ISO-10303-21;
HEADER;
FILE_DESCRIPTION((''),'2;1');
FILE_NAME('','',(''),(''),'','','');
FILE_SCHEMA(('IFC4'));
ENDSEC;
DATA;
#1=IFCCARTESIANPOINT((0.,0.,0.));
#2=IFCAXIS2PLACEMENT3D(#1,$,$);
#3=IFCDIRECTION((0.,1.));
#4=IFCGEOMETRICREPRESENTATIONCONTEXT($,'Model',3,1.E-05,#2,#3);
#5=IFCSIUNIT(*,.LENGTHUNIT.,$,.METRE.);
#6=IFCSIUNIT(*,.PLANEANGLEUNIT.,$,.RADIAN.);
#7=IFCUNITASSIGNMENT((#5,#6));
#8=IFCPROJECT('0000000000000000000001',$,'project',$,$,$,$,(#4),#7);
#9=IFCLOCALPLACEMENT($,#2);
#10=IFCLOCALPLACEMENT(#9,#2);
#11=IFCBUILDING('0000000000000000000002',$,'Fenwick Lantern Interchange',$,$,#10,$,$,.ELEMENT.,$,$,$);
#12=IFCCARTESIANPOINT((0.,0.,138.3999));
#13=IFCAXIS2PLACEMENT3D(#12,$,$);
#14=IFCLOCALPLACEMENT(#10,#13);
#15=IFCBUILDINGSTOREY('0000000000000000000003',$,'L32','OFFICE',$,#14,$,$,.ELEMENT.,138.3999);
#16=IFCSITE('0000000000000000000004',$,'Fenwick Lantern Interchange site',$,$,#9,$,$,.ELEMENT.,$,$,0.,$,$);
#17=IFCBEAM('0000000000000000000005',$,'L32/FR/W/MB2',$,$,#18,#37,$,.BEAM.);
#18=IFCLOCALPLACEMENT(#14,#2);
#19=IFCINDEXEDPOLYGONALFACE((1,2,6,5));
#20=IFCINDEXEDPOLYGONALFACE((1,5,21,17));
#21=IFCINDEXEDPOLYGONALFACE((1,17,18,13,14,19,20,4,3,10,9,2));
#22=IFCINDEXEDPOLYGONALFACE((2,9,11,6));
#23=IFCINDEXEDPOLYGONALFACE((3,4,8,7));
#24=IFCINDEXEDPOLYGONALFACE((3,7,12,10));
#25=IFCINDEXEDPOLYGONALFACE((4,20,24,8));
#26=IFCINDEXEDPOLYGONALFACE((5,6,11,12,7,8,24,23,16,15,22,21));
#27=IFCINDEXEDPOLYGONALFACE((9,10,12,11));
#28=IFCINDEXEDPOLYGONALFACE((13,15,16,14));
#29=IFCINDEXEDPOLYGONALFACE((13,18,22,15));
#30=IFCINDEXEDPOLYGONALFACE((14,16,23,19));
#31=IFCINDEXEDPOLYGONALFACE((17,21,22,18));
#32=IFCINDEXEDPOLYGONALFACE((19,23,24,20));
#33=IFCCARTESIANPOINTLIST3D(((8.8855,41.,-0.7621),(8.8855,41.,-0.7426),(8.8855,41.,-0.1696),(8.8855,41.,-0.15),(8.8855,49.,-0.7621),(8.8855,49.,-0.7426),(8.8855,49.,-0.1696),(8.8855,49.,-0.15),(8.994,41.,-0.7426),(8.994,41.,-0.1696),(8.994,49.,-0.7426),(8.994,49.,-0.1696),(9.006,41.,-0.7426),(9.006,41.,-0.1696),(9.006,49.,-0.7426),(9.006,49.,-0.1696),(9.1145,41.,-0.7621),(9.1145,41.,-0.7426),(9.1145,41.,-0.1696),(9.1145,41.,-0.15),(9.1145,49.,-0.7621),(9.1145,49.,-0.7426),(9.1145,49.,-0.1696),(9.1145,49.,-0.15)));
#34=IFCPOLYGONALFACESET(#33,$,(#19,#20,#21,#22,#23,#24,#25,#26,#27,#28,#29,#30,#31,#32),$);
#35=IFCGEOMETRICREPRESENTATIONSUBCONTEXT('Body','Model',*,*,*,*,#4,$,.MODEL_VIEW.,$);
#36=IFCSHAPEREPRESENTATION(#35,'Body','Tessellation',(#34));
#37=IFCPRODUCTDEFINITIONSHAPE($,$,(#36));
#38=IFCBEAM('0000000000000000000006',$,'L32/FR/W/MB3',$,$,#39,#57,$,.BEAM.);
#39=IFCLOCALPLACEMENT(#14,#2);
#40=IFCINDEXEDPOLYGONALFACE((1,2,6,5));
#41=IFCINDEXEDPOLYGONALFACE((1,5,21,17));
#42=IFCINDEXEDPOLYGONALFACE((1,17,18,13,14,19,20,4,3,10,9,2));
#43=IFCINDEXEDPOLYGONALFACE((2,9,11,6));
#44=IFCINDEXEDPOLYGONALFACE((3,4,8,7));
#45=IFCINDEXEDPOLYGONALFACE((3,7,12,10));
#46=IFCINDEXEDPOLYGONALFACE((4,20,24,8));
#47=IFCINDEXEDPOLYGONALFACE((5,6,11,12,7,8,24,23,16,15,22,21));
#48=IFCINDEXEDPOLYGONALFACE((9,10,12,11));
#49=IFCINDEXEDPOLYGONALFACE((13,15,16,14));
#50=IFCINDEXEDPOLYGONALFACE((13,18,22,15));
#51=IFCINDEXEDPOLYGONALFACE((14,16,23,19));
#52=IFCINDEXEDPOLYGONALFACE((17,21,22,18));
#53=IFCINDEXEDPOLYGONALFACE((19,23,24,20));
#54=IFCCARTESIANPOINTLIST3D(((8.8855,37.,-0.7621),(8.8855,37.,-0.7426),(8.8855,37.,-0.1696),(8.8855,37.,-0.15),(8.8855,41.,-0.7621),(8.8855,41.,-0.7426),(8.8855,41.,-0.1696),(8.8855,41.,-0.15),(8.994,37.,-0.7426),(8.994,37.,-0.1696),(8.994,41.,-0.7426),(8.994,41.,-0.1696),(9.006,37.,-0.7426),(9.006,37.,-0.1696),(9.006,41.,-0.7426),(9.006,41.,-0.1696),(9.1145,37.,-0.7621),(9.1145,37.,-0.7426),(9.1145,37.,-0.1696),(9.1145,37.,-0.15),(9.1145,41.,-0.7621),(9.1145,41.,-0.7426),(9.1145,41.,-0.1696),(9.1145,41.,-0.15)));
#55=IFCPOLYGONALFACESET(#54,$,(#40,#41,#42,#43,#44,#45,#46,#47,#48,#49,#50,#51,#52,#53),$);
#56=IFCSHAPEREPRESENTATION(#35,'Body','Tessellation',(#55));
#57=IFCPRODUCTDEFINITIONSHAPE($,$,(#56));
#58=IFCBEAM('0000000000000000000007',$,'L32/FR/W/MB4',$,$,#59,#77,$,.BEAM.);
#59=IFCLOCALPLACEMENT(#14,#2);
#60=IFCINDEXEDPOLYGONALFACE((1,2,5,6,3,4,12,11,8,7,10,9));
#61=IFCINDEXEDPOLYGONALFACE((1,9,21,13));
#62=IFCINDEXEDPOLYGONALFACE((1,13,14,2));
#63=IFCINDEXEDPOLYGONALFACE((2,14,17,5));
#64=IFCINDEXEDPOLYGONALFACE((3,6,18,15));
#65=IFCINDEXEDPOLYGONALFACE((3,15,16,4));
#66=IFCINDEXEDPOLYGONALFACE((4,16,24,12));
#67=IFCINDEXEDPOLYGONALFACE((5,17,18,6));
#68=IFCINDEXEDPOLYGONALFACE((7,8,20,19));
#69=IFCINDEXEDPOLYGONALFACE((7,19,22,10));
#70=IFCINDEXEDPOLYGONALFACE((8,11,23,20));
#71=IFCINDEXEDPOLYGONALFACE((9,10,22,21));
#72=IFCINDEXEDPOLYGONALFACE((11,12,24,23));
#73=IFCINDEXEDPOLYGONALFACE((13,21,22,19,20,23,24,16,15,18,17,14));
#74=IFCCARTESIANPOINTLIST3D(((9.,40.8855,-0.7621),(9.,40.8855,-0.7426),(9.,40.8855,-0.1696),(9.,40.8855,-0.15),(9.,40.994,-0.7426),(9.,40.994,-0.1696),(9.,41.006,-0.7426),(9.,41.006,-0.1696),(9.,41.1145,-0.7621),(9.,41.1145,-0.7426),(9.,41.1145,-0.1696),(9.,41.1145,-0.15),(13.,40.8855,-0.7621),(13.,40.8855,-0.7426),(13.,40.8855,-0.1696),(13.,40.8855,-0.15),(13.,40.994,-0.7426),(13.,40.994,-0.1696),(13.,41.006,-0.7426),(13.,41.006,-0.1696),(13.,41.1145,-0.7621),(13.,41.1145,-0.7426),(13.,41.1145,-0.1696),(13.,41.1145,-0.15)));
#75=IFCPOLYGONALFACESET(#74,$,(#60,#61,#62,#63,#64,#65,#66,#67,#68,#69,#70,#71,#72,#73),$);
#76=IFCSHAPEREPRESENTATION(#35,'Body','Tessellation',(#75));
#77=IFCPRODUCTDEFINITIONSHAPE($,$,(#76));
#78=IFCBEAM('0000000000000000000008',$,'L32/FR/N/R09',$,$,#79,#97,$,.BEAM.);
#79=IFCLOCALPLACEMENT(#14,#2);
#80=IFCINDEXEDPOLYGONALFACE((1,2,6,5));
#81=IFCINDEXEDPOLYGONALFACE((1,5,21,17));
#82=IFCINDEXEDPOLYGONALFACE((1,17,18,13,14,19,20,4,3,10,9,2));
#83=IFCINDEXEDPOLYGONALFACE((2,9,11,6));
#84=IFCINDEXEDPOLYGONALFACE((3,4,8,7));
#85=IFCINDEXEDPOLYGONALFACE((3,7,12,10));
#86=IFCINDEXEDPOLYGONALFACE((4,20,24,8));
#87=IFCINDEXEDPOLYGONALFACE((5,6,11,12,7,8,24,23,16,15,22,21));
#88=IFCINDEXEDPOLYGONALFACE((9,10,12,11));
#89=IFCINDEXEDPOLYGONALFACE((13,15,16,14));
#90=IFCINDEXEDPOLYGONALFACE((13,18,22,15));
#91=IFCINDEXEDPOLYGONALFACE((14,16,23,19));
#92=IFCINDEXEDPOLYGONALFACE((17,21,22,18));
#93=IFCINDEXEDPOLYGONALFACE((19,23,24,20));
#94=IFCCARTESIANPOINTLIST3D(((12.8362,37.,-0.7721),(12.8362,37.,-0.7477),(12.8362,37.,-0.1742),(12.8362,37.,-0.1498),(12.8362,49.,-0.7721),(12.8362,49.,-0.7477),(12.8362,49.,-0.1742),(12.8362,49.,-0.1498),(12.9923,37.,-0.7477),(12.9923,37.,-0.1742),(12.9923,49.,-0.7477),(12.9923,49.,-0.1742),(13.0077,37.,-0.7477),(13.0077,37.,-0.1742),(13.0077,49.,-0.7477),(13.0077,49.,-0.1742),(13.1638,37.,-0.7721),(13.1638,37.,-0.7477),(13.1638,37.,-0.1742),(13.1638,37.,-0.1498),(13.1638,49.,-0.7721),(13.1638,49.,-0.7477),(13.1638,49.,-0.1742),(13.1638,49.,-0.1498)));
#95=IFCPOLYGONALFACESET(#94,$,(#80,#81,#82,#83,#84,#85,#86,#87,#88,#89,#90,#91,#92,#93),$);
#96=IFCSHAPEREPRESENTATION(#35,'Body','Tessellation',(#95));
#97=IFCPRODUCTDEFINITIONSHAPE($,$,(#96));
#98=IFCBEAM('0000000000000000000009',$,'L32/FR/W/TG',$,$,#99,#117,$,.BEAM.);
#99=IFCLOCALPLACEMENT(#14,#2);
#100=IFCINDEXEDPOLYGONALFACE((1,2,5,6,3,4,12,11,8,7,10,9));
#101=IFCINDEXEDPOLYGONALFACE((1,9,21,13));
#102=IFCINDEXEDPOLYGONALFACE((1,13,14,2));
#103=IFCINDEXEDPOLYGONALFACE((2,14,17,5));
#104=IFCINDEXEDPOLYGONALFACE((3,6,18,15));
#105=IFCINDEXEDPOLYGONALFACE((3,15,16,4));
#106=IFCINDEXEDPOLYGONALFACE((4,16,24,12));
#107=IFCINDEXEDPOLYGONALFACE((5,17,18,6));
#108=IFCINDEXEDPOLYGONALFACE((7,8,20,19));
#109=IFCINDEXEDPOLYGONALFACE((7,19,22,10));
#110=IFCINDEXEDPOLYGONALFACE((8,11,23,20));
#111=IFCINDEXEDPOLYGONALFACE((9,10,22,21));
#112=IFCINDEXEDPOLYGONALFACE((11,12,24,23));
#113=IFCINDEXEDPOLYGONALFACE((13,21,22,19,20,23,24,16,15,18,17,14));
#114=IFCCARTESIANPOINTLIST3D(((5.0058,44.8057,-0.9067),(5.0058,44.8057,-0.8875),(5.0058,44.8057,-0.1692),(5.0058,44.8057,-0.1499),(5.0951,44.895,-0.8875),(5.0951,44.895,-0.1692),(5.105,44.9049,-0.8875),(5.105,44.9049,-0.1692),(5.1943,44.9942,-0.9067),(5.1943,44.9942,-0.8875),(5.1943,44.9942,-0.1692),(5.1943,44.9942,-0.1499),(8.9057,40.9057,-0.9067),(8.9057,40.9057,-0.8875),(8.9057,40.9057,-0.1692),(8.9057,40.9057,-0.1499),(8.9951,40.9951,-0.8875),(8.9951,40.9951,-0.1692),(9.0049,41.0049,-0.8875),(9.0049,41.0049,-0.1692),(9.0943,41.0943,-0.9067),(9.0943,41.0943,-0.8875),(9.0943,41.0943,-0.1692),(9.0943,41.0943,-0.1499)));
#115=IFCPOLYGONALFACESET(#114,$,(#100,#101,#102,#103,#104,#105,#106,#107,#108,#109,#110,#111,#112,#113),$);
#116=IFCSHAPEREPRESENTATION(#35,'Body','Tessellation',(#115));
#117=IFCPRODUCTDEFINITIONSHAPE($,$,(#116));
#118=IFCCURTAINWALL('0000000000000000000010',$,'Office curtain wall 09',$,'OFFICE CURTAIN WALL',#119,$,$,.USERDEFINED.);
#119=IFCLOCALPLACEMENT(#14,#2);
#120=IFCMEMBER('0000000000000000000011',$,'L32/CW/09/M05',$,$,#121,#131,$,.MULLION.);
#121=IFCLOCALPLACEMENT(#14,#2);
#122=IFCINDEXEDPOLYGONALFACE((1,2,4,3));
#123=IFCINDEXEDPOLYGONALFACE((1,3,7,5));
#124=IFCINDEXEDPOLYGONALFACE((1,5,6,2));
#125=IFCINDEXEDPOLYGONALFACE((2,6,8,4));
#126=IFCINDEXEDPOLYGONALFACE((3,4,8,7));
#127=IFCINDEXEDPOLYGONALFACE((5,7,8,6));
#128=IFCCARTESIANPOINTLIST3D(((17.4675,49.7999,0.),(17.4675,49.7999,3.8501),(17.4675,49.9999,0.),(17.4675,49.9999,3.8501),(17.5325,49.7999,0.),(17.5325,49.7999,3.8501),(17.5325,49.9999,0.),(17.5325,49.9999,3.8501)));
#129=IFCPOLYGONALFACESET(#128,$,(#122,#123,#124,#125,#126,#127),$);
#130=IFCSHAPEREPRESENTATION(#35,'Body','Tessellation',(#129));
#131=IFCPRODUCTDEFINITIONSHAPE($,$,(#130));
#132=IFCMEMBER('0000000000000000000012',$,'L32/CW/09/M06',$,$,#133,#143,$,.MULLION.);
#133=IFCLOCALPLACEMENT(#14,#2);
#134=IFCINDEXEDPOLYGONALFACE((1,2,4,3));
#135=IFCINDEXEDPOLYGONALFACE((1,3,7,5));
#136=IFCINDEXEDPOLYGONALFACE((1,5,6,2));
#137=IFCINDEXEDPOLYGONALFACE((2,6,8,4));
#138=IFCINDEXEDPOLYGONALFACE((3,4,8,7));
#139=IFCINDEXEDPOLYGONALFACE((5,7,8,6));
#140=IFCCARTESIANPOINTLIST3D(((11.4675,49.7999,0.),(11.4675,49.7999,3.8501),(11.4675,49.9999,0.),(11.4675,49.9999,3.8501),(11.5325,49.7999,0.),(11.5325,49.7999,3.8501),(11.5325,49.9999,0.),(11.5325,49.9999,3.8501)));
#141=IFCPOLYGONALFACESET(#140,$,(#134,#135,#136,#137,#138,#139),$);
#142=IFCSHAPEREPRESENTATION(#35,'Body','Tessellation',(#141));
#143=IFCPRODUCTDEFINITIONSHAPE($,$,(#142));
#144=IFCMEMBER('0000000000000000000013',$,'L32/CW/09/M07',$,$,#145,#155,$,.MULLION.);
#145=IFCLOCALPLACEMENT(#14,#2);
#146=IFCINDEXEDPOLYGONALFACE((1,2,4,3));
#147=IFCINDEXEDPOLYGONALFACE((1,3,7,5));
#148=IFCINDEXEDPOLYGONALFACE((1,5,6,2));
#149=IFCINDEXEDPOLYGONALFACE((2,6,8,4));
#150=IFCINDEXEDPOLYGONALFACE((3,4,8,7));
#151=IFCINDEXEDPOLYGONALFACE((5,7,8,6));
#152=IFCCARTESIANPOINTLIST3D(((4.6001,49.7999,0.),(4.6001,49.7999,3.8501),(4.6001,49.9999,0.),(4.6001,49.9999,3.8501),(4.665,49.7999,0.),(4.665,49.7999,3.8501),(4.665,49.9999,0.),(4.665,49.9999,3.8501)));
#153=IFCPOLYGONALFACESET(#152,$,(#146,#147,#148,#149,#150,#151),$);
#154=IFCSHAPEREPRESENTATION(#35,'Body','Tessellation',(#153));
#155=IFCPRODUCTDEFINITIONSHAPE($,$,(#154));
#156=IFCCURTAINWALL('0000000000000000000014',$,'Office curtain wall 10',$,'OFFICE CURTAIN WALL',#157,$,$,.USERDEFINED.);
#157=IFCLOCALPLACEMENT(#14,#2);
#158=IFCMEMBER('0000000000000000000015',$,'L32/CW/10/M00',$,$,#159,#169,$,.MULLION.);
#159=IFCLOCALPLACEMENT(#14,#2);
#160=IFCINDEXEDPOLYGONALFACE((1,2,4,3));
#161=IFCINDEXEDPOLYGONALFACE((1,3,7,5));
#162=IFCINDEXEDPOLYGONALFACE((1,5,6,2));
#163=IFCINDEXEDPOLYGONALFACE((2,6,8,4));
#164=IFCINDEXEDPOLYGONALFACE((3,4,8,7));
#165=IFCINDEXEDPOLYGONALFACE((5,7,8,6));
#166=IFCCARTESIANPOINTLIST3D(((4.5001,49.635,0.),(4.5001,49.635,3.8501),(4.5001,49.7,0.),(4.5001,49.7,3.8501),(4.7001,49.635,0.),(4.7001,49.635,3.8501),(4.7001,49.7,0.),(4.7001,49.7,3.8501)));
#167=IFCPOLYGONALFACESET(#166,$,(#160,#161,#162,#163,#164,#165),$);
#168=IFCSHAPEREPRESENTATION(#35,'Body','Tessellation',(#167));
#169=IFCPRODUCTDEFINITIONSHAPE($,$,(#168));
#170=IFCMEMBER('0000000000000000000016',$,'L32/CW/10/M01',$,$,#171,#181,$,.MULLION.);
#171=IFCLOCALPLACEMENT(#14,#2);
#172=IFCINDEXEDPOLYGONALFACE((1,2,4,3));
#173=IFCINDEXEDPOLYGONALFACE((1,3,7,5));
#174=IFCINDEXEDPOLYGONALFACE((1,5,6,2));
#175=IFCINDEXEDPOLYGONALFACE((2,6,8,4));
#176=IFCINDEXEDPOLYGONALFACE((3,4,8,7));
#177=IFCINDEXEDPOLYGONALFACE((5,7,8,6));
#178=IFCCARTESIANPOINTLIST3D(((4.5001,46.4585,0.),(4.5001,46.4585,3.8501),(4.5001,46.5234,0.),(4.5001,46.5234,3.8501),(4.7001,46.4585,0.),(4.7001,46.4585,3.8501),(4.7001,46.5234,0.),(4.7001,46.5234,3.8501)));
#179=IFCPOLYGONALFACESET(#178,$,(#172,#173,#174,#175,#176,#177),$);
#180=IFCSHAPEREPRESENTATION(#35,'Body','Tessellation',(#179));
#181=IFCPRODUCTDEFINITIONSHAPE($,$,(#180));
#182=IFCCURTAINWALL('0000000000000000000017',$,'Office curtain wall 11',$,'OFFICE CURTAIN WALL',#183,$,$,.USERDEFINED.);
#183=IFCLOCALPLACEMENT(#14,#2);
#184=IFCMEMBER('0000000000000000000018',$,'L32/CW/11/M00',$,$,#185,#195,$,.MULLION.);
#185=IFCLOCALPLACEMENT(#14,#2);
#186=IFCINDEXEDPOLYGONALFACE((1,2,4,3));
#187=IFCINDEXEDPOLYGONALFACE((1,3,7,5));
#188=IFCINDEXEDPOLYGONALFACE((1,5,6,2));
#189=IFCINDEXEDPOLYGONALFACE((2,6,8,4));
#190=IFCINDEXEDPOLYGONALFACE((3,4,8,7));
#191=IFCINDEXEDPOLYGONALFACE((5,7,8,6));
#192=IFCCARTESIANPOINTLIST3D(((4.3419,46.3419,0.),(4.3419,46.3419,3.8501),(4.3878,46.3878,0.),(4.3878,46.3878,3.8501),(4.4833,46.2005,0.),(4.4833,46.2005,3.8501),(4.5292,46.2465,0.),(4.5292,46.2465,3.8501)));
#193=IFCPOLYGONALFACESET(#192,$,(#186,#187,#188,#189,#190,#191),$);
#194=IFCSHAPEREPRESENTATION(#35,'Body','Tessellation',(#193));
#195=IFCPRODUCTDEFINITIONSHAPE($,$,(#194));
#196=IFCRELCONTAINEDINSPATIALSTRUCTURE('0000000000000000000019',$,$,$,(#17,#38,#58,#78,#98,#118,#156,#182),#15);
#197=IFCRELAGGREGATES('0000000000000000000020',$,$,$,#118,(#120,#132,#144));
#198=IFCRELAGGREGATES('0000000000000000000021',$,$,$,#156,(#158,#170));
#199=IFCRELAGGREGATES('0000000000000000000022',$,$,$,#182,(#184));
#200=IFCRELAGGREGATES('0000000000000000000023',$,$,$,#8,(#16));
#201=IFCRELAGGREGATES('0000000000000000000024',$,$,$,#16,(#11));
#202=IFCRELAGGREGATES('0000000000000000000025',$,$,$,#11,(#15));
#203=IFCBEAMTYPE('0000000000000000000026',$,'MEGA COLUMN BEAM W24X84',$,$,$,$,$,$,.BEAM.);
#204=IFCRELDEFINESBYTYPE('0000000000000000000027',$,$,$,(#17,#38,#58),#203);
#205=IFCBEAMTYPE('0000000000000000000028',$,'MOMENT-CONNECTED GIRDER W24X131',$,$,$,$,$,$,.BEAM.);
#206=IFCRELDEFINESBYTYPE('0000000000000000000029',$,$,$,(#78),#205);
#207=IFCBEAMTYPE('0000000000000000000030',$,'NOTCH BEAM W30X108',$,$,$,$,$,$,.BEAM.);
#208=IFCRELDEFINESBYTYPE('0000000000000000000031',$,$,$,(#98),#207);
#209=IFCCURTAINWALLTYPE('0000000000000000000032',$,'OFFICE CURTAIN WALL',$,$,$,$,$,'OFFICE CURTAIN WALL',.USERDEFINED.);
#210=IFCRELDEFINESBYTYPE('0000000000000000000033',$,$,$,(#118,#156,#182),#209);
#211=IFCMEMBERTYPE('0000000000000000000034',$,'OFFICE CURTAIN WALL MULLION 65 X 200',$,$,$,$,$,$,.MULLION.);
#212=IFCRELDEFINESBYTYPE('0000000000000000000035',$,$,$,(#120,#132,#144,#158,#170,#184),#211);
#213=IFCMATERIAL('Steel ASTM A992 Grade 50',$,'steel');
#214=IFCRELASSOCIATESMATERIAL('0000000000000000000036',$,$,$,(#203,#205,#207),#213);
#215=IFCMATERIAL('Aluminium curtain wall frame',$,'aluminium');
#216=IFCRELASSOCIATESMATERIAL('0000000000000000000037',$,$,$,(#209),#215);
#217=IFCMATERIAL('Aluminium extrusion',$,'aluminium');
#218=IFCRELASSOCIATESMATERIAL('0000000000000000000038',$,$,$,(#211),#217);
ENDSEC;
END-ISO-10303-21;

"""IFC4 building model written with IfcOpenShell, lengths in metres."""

from ifc_helpers import new_model, si_unit, direction, frame, origin, origin_2d, place, context, subcontext, project, spatial, rectangle, i_section, extrude, material, material_profile, profile_set, type_object, element, aggregate, save


model = new_model("IFC4")

# Units and contexts
model_context = context("Model", 3, precision=1e-05, world=origin(), true_north=direction((0.0, 1.0)))
body_context = subcontext(model_context, "Body", "Model", "MODEL_VIEW")
ifc_project = project(units=[si_unit("LENGTHUNIT", "METRE"), si_unit("PLANEANGLEUNIT", "RADIAN")], contexts=[model_context])

# Site, building, storey
site_placement = place(None, origin())
site = spatial("IfcSite", under=ifc_project, at=site_placement, Name="Fenwick Lantern Interchange site", CompositionType="ELEMENT", RefElevation=0.0)
building_placement = place(site_placement, origin())
building = spatial("IfcBuilding", under=site, at=building_placement, Name="Fenwick Lantern Interchange", CompositionType="ELEMENT")
storey_placement = place(building_placement, frame((0.0, 0.0, 138.3999)))
storey = spatial("IfcBuildingStorey", under=building, at=storey_placement, Name="L32", Description="OFFICE", CompositionType="ELEMENT", Elevation=138.3999)

# Shared definitions
ifc_material_1 = material(Name="Steel ASTM A992 Grade 50", Category="steel")

# Beams
ifc_material_profile_1 = material_profile(ifc_material_1, i_section(OverallWidth=0.229, OverallDepth=0.6121, WebThickness=0.012, FlangeThickness=0.0195, at=origin_2d()), Name="W24X84")
ifc_profile_set_1 = profile_set([ifc_material_profile_1], Name="Steel ASTM A992 Grade 50")
beam_type_1 = type_object("IfcBeamType", Name="MEGA COLUMN BEAM W24X84", PredefinedType="BEAM", material=ifc_profile_set_1)
beam_1_placement = place(storey_placement, frame((9.0, 41.0, -0.4561), z_axis=(0.0, 1.0, 0.0), x_axis=(-1.0, 0.0, 0.0)))
element("IfcBeam", 1, at=beam_1_placement, inside=storey, type_object=beam_type_1, Name="L32/FR/W/MB2", PredefinedType="BEAM", context=body_context, shape_type="SweptSolid", body=[
    extrude(i_section(OverallWidth=0.229, OverallDepth=0.6121, WebThickness=0.012, FlangeThickness=0.0195, at=origin_2d()), origin(), (0.0, 0.0, 1.0), 8.0),
])
for number, where, z_axis, x_axis, name in (
    (2, (9.0, 41.0, -0.4561), (0.0, -1.0, 0.0), (1.0, 0.0, 0.0), "L32/FR/W/MB3"),
    (3, (9.0, 41.0, -0.4561), (1.0, 0.0, 0.0), (0.0, 1.0, 0.0), "L32/FR/W/MB4"),
):
    element("IfcBeam", number, at=place(storey_placement, frame(where, z_axis=z_axis, x_axis=x_axis)), inside=storey, type_object=beam_type_1, Name=name, PredefinedType="BEAM", context=body_context, shape_type="SweptSolid", body=[
        extrude(i_section(OverallWidth=0.229, OverallDepth=0.6121, WebThickness=0.012, FlangeThickness=0.0195, at=origin_2d()), origin(), (0.0, 0.0, 1.0), 4.0),
    ])
ifc_material_profile_2 = material_profile(ifc_material_1, i_section(OverallWidth=0.3276, OverallDepth=0.6223, WebThickness=0.0154, FlangeThickness=0.0244, at=origin_2d()), Name="W24X131")
ifc_profile_set_2 = profile_set([ifc_material_profile_2], Name="Steel ASTM A992 Grade 50")
beam_type_2 = type_object("IfcBeamType", Name="MOMENT-CONNECTED GIRDER W24X131", PredefinedType="BEAM", material=ifc_profile_set_2)
beam_2_placement = place(storey_placement, frame((13.0, 49.0, -0.4609), z_axis=(0.0, -1.0, 0.0), x_axis=(1.0, 0.0, 0.0)))
element("IfcBeam", 4, at=beam_2_placement, inside=storey, type_object=beam_type_2, Name="L32/FR/N/R09", PredefinedType="BEAM", context=body_context, shape_type="SweptSolid", body=[
    extrude(i_section(OverallWidth=0.3276, OverallDepth=0.6223, WebThickness=0.0154, FlangeThickness=0.0244, at=origin_2d()), origin(), (0.0, 0.0, 1.0), 12.0),
])
ifc_material_profile_3 = material_profile(ifc_material_1, i_section(OverallWidth=0.2666, OverallDepth=0.7568, WebThickness=0.0139, FlangeThickness=0.0193, at=origin_2d()), Name="W30X108")
ifc_profile_set_3 = profile_set([ifc_material_profile_3], Name="Steel ASTM A992 Grade 50")
beam_type_3 = type_object("IfcBeamType", Name="NOTCH BEAM W30X108", PredefinedType="BEAM", material=ifc_profile_set_3)
beam_3_placement = place(storey_placement, frame((9.0, 41.0, -0.5283), z_axis=(-0.707107, 0.707107, 0.0), x_axis=(-0.707107, -0.707107, 0.0)))
element("IfcBeam", 5, at=beam_3_placement, inside=storey, type_object=beam_type_3, Name="L32/FR/W/TG", PredefinedType="BEAM", context=body_context, shape_type="SweptSolid", body=[
    extrude(i_section(OverallWidth=0.2666, OverallDepth=0.7568, WebThickness=0.0139, FlangeThickness=0.0193, at=origin_2d()), origin(), (0.0, 0.0, 1.0), 5.5154),
])

# Curtain walls, members
ifc_material_2 = material(Name="Aluminium curtain wall frame", Category="aluminium")
curtain_wall_type = type_object("IfcCurtainWallType", Name="OFFICE CURTAIN WALL", ElementType="OFFICE CURTAIN WALL", PredefinedType="USERDEFINED", material=ifc_material_2)
curtain_wall_1_placement = place(storey_placement, origin())
curtain_wall_1 = element("IfcCurtainWall", 6, at=curtain_wall_1_placement, inside=storey, type_object=curtain_wall_type, Name="Office curtain wall 09", ObjectType="OFFICE CURTAIN WALL", PredefinedType="USERDEFINED")
ifc_material_3 = material(Name="Aluminium extrusion", Category="aluminium")
ifc_material_profile_4 = material_profile(ifc_material_3, rectangle(XDim=0.2, YDim=0.0649, at=origin_2d()), Name="OFFICE CURTAIN WALL MULLION 65 X 200")
ifc_profile_set_4 = profile_set([ifc_material_profile_4], Name="Aluminium extrusion")
member_type_1 = type_object("IfcMemberType", Name="OFFICE CURTAIN WALL MULLION 65 X 200", PredefinedType="MULLION", material=ifc_profile_set_4)
member_1_placement = place(storey_placement, frame((17.5, 49.8999, 0.0), z_axis=(0.0, 0.0, 1.0), x_axis=(0.0, -1.0, 0.0)))
member_1 = element("IfcMember", 7, at=member_1_placement, type_object=member_type_1, Name="L32/CW/09/M05", PredefinedType="MULLION", context=body_context, shape_type="SweptSolid", body=[
    extrude(rectangle(XDim=0.2, YDim=0.0649, at=origin_2d()), origin(), (0.0, 0.0, 1.0), 3.8501),
])
member_2_placement = place(storey_placement, frame((11.5, 49.8999, 0.0), z_axis=(0.0, 0.0, 1.0), x_axis=(0.0, -1.0, 0.0)))
member_2 = element("IfcMember", 8, at=member_2_placement, type_object=member_type_1, Name="L32/CW/09/M06", PredefinedType="MULLION", context=body_context, shape_type="SweptSolid", body=[
    extrude(rectangle(XDim=0.2, YDim=0.0649, at=origin_2d()), origin(), (0.0, 0.0, 1.0), 3.8501),
])
member_3_placement = place(storey_placement, frame((4.6326, 49.8999, 0.0), z_axis=(0.0, 0.0, 1.0), x_axis=(0.0, -1.0, 0.0)))
member_3 = element("IfcMember", 9, at=member_3_placement, type_object=member_type_1, Name="L32/CW/09/M07", PredefinedType="MULLION", context=body_context, shape_type="SweptSolid", body=[
    extrude(rectangle(XDim=0.2, YDim=0.0649, at=origin_2d()), origin(), (0.0, 0.0, 1.0), 3.8501),
])
curtain_wall_2_placement = place(storey_placement, origin())
curtain_wall_2 = element("IfcCurtainWall", 10, at=curtain_wall_2_placement, inside=storey, type_object=curtain_wall_type, Name="Office curtain wall 10", ObjectType="OFFICE CURTAIN WALL", PredefinedType="USERDEFINED")
member_4_placement = place(storey_placement, frame((4.6001, 49.6675, 0.0), z_axis=(0.0, 0.0, 1.0), x_axis=(1.0, 0.0, 0.0)))
member_4 = element("IfcMember", 11, at=member_4_placement, type_object=member_type_1, Name="L32/CW/10/M00", PredefinedType="MULLION", context=body_context, shape_type="SweptSolid", body=[
    extrude(rectangle(XDim=0.2, YDim=0.0649, at=origin_2d()), origin(), (0.0, 0.0, 1.0), 3.8501),
])
member_5_placement = place(storey_placement, frame((4.6001, 46.491, 0.0), z_axis=(0.0, 0.0, 1.0), x_axis=(1.0, 0.0, 0.0)))
member_5 = element("IfcMember", 12, at=member_5_placement, type_object=member_type_1, Name="L32/CW/10/M01", PredefinedType="MULLION", context=body_context, shape_type="SweptSolid", body=[
    extrude(rectangle(XDim=0.2, YDim=0.0649, at=origin_2d()), origin(), (0.0, 0.0, 1.0), 3.8501),
])

# Curtain wall, member
curtain_wall_3_placement = place(storey_placement, origin())
curtain_wall_3 = element("IfcCurtainWall", 13, at=curtain_wall_3_placement, inside=storey, type_object=curtain_wall_type, Name="Office curtain wall 11", ObjectType="OFFICE CURTAIN WALL", PredefinedType="USERDEFINED")
member_6_placement = place(storey_placement, frame((4.4355, 46.2942, 0.0), z_axis=(0.0, 0.0, 1.0), x_axis=(0.707107, -0.707107, 0.0)))
member_6 = element("IfcMember", 14, at=member_6_placement, type_object=member_type_1, Name="L32/CW/11/M00", PredefinedType="MULLION", context=body_context, shape_type="SweptSolid", body=[
    extrude(rectangle(XDim=0.2, YDim=0.0649, at=origin_2d()), origin(), (0.0, 0.0, 1.0), 3.8501),
])

aggregate(curtain_wall_1, [member_1, member_2, member_3])
aggregate(curtain_wall_2, [member_4, member_5])

aggregate(curtain_wall_3, [member_6])

save(model, "model.ifc")
